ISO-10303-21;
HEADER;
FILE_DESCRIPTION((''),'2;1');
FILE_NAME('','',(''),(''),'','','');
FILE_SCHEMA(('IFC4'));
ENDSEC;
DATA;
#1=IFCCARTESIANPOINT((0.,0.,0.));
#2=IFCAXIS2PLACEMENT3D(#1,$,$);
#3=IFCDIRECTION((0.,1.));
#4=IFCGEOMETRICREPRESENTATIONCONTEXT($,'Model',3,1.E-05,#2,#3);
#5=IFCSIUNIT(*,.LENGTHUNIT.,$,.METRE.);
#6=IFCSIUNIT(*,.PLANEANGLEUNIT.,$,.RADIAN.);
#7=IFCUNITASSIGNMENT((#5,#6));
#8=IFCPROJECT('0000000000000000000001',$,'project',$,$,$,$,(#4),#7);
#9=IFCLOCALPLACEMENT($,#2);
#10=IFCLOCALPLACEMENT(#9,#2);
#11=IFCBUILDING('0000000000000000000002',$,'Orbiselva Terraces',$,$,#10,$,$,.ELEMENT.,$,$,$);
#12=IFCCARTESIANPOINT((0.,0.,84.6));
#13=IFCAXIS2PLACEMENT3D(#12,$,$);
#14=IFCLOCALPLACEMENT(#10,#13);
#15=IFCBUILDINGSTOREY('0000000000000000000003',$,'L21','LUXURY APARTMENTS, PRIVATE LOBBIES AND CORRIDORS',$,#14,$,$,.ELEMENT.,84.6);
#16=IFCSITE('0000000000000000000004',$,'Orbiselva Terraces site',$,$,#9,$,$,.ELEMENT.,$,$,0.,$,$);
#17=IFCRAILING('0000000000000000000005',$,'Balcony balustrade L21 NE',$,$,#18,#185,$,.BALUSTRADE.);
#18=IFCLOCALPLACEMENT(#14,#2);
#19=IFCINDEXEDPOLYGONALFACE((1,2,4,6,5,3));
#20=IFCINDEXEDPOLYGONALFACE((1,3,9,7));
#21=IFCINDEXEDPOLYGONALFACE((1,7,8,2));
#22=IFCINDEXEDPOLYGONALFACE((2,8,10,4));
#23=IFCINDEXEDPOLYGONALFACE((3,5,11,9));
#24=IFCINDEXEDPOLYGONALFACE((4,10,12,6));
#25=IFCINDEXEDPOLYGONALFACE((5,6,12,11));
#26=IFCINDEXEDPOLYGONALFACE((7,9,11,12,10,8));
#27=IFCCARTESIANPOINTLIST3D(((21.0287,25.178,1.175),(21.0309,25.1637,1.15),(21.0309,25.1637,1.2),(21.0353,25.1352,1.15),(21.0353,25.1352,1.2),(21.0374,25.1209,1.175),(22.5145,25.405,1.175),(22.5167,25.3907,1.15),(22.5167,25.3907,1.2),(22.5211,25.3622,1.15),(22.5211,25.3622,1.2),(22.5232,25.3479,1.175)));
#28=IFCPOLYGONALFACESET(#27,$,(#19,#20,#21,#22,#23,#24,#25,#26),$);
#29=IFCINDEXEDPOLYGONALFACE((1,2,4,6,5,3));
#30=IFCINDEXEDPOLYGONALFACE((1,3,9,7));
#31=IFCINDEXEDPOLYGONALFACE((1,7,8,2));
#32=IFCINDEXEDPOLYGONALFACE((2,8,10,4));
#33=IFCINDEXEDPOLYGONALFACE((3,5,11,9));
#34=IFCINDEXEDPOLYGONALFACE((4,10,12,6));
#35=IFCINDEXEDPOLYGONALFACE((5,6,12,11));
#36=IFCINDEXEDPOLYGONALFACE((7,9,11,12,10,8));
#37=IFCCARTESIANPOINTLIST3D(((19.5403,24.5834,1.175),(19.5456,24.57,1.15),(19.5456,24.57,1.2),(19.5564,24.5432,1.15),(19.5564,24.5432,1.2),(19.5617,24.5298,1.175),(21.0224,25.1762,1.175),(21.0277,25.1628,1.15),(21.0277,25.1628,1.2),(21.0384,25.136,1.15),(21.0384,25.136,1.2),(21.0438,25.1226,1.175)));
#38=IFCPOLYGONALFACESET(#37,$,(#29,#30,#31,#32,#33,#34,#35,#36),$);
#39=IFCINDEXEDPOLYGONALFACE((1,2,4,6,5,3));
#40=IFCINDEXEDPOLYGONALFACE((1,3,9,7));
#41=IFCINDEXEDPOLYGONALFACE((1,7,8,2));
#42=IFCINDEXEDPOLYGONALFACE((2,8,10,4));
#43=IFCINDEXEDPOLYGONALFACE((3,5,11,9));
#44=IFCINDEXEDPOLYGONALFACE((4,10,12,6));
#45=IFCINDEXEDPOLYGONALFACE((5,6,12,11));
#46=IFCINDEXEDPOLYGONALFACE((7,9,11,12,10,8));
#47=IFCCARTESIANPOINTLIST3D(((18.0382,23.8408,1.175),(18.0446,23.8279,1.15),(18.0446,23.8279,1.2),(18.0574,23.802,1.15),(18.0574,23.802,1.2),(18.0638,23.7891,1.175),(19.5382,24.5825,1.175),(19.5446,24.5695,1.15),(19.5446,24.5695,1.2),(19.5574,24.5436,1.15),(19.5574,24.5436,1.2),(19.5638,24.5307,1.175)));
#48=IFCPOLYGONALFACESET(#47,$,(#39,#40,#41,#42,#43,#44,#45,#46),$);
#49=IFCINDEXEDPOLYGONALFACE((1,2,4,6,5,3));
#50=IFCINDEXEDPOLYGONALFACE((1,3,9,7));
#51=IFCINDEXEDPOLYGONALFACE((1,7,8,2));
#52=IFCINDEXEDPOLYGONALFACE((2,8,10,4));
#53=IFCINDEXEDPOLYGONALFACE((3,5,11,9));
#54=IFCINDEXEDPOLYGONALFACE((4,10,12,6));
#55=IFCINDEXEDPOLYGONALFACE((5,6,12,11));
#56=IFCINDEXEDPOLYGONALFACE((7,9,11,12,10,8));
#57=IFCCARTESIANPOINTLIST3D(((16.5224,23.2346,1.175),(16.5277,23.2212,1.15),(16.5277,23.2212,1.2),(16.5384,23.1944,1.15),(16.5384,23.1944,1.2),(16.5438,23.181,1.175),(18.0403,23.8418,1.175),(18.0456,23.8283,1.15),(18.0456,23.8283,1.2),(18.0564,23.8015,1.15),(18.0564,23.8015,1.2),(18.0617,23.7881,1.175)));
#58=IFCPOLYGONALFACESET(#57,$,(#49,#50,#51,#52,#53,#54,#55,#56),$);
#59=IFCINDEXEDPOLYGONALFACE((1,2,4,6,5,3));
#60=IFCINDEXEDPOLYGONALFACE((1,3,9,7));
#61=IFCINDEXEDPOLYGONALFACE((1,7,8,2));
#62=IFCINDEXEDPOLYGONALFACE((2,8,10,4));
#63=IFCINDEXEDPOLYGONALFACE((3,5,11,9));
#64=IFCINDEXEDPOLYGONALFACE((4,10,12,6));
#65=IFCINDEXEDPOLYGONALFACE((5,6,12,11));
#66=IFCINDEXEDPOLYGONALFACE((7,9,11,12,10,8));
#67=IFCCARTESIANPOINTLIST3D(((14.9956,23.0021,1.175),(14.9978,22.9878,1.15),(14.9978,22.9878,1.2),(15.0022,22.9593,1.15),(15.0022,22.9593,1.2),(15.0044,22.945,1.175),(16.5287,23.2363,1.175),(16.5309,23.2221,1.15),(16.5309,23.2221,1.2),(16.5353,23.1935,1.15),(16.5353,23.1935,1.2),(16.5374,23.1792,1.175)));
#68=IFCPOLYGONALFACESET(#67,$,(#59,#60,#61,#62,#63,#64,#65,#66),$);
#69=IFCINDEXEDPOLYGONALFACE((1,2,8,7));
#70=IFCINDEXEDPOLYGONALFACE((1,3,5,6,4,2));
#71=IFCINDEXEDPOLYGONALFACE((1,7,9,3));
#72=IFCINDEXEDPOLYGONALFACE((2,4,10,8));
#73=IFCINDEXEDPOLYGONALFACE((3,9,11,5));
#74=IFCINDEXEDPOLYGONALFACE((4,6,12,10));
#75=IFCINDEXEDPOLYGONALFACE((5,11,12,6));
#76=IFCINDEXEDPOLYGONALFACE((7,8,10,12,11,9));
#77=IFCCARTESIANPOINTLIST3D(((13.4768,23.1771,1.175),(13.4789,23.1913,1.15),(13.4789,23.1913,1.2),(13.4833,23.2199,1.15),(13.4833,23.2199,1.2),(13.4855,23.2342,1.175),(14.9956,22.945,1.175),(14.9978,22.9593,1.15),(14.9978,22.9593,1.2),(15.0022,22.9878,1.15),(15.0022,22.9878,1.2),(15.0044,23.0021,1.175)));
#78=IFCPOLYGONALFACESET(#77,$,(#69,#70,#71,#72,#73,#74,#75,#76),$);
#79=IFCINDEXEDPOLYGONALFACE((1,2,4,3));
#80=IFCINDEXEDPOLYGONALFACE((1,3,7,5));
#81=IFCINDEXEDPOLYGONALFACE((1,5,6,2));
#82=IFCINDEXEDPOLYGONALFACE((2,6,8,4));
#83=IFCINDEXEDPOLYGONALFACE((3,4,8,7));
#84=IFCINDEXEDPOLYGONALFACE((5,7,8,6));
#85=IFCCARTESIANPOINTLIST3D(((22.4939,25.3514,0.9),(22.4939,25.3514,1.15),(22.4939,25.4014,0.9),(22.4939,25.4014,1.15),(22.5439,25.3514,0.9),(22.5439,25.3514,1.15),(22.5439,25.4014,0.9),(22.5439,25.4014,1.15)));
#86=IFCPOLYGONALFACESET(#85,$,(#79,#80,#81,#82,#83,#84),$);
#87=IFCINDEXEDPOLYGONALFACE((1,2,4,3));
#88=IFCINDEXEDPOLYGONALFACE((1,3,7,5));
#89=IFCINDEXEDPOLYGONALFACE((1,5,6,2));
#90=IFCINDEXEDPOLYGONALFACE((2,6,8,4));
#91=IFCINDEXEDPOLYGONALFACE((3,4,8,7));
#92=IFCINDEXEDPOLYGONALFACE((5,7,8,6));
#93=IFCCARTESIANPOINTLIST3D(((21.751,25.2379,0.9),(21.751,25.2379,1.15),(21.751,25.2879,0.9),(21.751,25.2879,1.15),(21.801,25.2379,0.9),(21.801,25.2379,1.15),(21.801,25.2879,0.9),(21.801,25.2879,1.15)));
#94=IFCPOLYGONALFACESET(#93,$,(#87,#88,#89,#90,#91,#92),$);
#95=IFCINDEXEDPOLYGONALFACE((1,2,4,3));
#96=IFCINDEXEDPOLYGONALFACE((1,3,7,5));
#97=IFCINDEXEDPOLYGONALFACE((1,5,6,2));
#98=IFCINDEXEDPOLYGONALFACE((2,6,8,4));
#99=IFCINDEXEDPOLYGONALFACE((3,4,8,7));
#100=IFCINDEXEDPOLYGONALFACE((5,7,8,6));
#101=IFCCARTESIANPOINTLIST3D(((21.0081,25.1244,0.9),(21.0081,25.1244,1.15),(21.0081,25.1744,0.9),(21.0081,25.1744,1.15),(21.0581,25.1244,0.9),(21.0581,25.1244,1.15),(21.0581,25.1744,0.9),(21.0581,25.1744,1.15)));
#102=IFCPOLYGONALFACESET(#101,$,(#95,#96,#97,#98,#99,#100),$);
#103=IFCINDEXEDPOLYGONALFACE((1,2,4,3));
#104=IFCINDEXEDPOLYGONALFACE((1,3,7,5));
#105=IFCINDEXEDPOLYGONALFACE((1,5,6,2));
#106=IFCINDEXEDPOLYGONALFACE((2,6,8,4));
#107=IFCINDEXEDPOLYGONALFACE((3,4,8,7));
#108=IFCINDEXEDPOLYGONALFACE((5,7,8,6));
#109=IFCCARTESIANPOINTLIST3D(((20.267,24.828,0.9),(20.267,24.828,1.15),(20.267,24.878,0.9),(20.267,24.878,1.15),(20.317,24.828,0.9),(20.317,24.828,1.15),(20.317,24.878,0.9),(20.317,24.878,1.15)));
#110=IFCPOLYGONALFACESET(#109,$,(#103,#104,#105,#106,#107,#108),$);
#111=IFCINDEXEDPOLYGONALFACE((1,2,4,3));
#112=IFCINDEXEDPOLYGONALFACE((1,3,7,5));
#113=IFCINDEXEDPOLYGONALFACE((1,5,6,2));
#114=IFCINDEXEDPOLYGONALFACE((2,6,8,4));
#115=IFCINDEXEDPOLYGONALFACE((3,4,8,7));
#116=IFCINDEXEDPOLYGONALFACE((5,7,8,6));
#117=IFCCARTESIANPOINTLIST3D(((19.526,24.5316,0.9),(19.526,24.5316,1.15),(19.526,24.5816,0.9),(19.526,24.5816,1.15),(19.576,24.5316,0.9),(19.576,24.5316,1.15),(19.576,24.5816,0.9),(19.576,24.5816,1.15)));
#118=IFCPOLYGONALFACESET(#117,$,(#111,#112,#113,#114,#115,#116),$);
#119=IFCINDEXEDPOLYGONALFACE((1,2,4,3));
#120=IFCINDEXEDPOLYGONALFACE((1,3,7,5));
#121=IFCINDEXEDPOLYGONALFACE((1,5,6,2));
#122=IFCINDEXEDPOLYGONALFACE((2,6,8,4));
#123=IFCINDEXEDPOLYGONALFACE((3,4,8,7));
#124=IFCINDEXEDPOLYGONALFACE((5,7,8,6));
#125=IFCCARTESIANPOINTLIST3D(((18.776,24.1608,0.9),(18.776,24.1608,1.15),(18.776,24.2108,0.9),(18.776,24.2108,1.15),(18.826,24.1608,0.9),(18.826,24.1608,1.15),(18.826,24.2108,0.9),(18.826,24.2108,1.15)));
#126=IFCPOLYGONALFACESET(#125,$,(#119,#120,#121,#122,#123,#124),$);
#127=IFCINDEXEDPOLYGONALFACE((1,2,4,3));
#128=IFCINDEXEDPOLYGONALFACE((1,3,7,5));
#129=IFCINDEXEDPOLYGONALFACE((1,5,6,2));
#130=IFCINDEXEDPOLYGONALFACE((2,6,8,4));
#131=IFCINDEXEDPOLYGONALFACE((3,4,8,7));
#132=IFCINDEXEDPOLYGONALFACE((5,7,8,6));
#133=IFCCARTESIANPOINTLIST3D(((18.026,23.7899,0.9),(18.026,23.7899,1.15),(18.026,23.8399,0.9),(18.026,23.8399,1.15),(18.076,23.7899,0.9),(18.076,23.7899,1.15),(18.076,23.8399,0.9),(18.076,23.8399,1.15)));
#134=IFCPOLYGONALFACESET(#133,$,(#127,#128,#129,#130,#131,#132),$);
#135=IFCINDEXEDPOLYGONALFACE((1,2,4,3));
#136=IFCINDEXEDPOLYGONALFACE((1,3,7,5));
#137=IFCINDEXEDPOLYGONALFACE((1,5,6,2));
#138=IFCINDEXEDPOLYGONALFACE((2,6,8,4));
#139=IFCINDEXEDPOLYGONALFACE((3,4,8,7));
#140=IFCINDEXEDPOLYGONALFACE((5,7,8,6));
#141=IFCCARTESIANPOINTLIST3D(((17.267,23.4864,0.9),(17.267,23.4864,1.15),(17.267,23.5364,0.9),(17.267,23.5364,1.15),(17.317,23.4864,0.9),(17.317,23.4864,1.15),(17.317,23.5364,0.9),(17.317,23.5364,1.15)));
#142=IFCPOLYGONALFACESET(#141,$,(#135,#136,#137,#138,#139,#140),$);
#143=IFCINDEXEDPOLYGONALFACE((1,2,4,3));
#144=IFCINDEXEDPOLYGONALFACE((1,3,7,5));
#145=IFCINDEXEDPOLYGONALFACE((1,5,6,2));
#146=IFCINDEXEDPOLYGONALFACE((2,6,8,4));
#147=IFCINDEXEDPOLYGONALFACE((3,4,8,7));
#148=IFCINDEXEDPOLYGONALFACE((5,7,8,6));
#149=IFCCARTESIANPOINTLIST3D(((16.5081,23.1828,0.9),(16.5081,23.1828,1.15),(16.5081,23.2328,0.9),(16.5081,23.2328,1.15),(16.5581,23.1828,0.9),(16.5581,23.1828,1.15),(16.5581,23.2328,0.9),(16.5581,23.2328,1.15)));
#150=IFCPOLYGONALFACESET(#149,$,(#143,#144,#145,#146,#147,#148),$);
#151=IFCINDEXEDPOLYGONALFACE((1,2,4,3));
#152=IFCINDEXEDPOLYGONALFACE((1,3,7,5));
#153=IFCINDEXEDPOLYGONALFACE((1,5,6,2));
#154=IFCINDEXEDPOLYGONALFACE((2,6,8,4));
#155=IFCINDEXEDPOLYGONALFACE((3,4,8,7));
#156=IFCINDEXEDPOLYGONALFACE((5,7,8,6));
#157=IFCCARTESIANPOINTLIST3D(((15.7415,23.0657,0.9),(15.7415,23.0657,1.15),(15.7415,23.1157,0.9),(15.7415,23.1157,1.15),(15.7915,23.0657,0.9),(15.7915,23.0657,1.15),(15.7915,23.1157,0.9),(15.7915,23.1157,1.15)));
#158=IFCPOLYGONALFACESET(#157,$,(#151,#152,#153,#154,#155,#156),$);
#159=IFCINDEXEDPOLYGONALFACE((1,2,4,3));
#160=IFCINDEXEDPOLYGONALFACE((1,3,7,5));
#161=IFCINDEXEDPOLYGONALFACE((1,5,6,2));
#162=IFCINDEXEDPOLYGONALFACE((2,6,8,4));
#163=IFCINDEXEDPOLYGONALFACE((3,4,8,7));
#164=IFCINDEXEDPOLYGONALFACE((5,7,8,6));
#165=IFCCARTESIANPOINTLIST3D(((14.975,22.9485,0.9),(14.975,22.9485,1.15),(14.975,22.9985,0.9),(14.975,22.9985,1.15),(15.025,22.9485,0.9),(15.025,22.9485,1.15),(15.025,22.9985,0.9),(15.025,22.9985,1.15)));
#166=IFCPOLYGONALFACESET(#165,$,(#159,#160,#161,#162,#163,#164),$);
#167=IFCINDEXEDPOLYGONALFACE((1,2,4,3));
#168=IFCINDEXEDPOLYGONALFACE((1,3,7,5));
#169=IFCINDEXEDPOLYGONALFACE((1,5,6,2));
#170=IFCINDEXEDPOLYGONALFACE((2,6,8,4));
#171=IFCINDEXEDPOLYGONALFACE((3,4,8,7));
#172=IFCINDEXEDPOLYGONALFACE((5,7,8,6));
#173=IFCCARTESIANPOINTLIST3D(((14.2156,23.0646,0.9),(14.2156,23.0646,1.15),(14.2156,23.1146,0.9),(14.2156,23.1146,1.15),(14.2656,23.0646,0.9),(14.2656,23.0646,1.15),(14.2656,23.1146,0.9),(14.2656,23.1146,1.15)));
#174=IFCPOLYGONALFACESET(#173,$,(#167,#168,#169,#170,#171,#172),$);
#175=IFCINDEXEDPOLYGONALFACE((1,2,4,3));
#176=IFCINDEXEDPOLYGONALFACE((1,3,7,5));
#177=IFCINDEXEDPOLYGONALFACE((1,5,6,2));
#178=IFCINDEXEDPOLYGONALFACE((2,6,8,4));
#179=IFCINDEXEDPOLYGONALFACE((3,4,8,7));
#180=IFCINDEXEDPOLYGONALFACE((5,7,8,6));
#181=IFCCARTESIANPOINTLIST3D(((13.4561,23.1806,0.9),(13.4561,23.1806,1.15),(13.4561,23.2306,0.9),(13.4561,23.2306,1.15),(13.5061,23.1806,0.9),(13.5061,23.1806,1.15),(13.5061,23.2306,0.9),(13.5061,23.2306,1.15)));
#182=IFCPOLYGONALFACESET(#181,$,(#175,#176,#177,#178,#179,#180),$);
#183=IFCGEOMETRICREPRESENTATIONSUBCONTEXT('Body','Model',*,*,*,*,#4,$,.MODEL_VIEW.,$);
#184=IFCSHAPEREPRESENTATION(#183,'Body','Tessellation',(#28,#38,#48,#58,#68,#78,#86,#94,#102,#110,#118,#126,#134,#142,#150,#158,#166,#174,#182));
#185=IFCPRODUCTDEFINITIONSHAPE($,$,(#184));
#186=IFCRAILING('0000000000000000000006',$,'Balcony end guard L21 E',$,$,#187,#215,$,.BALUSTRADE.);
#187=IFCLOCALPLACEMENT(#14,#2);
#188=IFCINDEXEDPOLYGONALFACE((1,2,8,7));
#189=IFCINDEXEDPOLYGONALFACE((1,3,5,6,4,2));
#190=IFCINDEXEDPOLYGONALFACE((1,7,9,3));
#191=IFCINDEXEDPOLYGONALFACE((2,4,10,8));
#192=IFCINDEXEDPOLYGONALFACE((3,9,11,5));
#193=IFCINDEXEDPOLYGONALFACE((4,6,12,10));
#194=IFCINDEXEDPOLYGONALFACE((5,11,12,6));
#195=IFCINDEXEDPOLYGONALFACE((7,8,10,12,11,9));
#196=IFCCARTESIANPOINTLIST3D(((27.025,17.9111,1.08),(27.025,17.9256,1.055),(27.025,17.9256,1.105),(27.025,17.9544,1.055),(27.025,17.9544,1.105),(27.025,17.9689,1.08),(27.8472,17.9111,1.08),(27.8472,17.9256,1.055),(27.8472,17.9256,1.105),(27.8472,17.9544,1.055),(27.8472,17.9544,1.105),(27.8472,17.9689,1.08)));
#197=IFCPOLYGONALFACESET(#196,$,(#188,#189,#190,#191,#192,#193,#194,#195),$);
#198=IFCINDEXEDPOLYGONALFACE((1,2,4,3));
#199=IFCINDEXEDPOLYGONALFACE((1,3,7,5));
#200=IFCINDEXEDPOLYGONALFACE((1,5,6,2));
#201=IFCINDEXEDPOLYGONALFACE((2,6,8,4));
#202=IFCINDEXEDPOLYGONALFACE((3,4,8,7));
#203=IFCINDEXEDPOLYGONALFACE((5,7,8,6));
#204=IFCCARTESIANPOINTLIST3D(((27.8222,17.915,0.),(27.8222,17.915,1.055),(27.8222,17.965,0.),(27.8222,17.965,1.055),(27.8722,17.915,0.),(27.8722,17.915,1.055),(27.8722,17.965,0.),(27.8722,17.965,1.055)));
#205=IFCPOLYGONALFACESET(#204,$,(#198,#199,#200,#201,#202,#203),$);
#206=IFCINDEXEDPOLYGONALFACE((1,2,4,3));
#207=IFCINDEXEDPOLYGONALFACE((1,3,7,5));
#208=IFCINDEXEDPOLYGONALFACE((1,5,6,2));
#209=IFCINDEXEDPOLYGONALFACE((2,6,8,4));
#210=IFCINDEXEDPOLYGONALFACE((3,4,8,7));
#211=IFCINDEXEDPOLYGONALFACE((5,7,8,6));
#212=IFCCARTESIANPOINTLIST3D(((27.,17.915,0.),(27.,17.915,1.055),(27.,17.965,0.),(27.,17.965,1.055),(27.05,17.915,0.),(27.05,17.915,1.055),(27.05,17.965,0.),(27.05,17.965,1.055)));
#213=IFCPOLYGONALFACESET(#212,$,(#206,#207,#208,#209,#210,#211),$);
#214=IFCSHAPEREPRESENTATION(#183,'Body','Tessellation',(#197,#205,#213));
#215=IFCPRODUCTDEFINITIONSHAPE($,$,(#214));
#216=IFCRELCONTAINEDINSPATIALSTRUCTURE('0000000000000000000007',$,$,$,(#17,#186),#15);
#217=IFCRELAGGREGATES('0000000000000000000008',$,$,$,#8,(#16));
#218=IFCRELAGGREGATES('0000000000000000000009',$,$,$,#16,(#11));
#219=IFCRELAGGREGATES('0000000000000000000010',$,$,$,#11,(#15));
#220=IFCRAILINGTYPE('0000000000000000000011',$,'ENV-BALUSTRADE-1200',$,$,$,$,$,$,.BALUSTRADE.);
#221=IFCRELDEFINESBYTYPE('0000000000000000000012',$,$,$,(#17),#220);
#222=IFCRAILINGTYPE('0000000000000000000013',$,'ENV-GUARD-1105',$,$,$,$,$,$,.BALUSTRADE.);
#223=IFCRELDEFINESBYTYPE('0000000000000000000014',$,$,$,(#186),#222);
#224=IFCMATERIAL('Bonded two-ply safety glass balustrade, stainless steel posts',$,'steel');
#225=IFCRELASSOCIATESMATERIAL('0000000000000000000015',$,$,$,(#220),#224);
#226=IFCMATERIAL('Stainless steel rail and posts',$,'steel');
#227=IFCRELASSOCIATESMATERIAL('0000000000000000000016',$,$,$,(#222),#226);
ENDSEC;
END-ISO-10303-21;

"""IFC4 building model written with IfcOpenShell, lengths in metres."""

from ifc_helpers import new_model, si_unit, direction, frame, origin, origin_2d, place, context, subcontext, project, spatial, polyline, rectangle, outline, extrude, material, type_object, element, save


model = new_model("IFC4")

# Units and contexts
model_context = context("Model", 3, precision=1e-05, world=origin(), true_north=direction((0.0, 1.0)))
body_context = subcontext(model_context, "Body", "Model", "MODEL_VIEW")
ifc_project = project(units=[si_unit("LENGTHUNIT", "METRE"), si_unit("PLANEANGLEUNIT", "RADIAN")], contexts=[model_context])

# Site, building, storey
site_placement = place(None, origin())
site = spatial("IfcSite", under=ifc_project, at=site_placement, Name="Orbiselva Terraces site", CompositionType="ELEMENT", RefElevation=0.0)
building_placement = place(site_placement, origin())
building = spatial("IfcBuilding", under=site, at=building_placement, Name="Orbiselva Terraces", CompositionType="ELEMENT")
storey_placement = place(building_placement, frame((0.0, 0.0, 84.6)))
storey = spatial("IfcBuildingStorey", under=building, at=storey_placement, Name="L21", Description="LUXURY APARTMENTS, PRIVATE LOBBIES AND CORRIDORS", CompositionType="ELEMENT", Elevation=84.6)

# Railings
ifc_material_1 = material(Name="Bonded two-ply safety glass balustrade, stainless steel posts", Category="steel")
railing_type_1 = type_object("IfcRailingType", Name="ENV-BALUSTRADE-1200", PredefinedType="BALUSTRADE", material=ifc_material_1)
railing_1_placement = place(storey_placement, frame((22.5189, 25.3764, 0.9)))
element("IfcRailing", 1, at=railing_1_placement, inside=storey, type_object=railing_type_1, Name="Balcony balustrade L21 NE", PredefinedType="BALUSTRADE", context=body_context, shape_type="SweptSolid", body=[
    extrude(outline(polyline([(0.0289, 0.0), (0.0144, 0.025), (-0.0144, 0.025), (-0.0289, 0.0), (-0.0144, -0.025), (0.0144, -0.025), (0.0289, 0.0)])), frame((0.0, 0.0, 0.275), z_axis=(-0.988529, -0.151034, 0.0), x_axis=(0.151034, -0.988529, 0.0)), (0.0, 0.0, 1.0), 1.503),
    extrude(outline(polyline([(0.0289, 0.0), (0.0144, 0.025), (-0.0144, 0.025), (-0.0289, 0.0), (-0.0144, -0.025), (0.0144, -0.025), (0.0289, 0.0)])), frame((-1.4858, -0.227, 0.275), z_axis=(-0.928477, -0.371391, 0.0), x_axis=(0.371391, -0.928477, 0.0)), (0.0, 0.0, 1.0), 1.5963),
    extrude(outline(polyline([(0.0289, 0.0), (0.0144, 0.025), (-0.0144, 0.025), (-0.0289, 0.0), (-0.0144, -0.025), (0.0144, -0.025), (0.0289, 0.0)])), frame((-2.9679, -0.8198, 0.275), z_axis=(-0.896417, -0.443212, 0.0), x_axis=(0.443212, -0.896417, 0.0)), (0.0, 0.0, 1.0), 1.6733),
    extrude(outline(polyline([(0.0289, 0.0), (0.0144, 0.025), (-0.0144, 0.025), (-0.0289, 0.0), (-0.0144, -0.025), (0.0144, -0.025), (0.0289, 0.0)])), frame((-4.4679, -1.5615, 0.275), z_axis=(-0.928477, -0.37139, 0.0), x_axis=(0.37139, -0.928477, 0.0)), (0.0, 0.0, 1.0), 1.6348),
    extrude(outline(polyline([(0.0289, 0.0), (0.0144, 0.025), (-0.0144, 0.025), (-0.0289, 0.0), (-0.0144, -0.025), (0.0144, -0.025), (0.0289, 0.0)])), frame((-5.9858, -2.1686, 0.275), z_axis=(-0.988529, -0.151034, 0.0), x_axis=(0.151034, -0.988529, 0.0)), (0.0, 0.0, 1.0), 1.5509),
    extrude(outline(polyline([(0.0289, 0.0), (0.0144, 0.025), (-0.0144, 0.025), (-0.0289, 0.0), (-0.0144, -0.025), (0.0144, -0.025), (0.0289, 0.0)])), frame((-7.5189, -2.4029, 0.275), z_axis=(-0.988529, 0.151034, 0.0), x_axis=(-0.151034, -0.988529, 0.0)), (0.0, 0.0, 1.0), 1.5365),
    extrude(rectangle(XDim=0.05, YDim=0.05, at=origin_2d()), origin(), (0.0, 0.0, 1.0), 0.25),
    extrude(rectangle(XDim=0.05, YDim=0.05, at=origin_2d()), frame((-0.7429, -0.1135, 0.0)), (0.0, 0.0, 1.0), 0.25),
    extrude(rectangle(XDim=0.05, YDim=0.05, at=origin_2d()), frame((-1.4858, -0.227, 0.0)), (0.0, 0.0, 1.0), 0.25),
    extrude(rectangle(XDim=0.05, YDim=0.05, at=origin_2d()), frame((-2.2268, -0.5234, 0.0)), (0.0, 0.0, 1.0), 0.25),
    extrude(rectangle(XDim=0.05, YDim=0.05, at=origin_2d()), frame((-2.9679, -0.8198, 0.0)), (0.0, 0.0, 1.0), 0.25),
    extrude(rectangle(XDim=0.05, YDim=0.05, at=origin_2d()), frame((-3.7179, -1.1907, 0.0)), (0.0, 0.0, 1.0), 0.25),
    extrude(rectangle(XDim=0.05, YDim=0.05, at=origin_2d()), frame((-4.4679, -1.5615, 0.0)), (0.0, 0.0, 1.0), 0.25),
    extrude(rectangle(XDim=0.05, YDim=0.05, at=origin_2d()), frame((-5.2268, -1.8651, 0.0)), (0.0, 0.0, 1.0), 0.25),
    extrude(rectangle(XDim=0.05, YDim=0.05, at=origin_2d()), frame((-5.9858, -2.1686, 0.0)), (0.0, 0.0, 1.0), 0.25),
    extrude(rectangle(XDim=0.05, YDim=0.05, at=origin_2d()), frame((-6.7523, -2.2858, 0.0)), (0.0, 0.0, 1.0), 0.25),
    extrude(rectangle(XDim=0.05, YDim=0.05, at=origin_2d()), frame((-7.5189, -2.4029, 0.0)), (0.0, 0.0, 1.0), 0.25),
    extrude(rectangle(XDim=0.05, YDim=0.05, at=origin_2d()), frame((-8.2783, -2.2869, 0.0)), (0.0, 0.0, 1.0), 0.25),
    extrude(rectangle(XDim=0.05, YDim=0.05, at=origin_2d()), frame((-9.0378, -2.1708, 0.0)), (0.0, 0.0, 1.0), 0.25),
])
ifc_material_2 = material(Name="Stainless steel rail and posts", Category="steel")
railing_type_2 = type_object("IfcRailingType", Name="ENV-GUARD-1105", PredefinedType="BALUSTRADE", material=ifc_material_2)
railing_2_placement = place(storey_placement, frame((27.8472, 17.94, 0.0)))
element("IfcRailing", 2, at=railing_2_placement, inside=storey, type_object=railing_type_2, Name="Balcony end guard L21 E", PredefinedType="BALUSTRADE", context=body_context, shape_type="SweptSolid", body=[
    extrude(outline(polyline([(0.0289, 0.0), (0.0144, 0.025), (-0.0144, 0.025), (-0.0289, 0.0), (-0.0144, -0.025), (0.0144, -0.025), (0.0289, 0.0)])), frame((0.0, 0.0, 1.08), z_axis=(-1.0, 0.0, 0.0), x_axis=(0.0, -1.0, 0.0)), (0.0, 0.0, 1.0), 0.8222),
    extrude(rectangle(XDim=0.05, YDim=0.05, at=origin_2d()), origin(), (0.0, 0.0, 1.0), 1.055),
    extrude(rectangle(XDim=0.05, YDim=0.05, at=origin_2d()), frame((-0.8222, 0.0, 0.0)), (0.0, 0.0, 1.0), 1.055),
])

save(model, "model.ifc")
